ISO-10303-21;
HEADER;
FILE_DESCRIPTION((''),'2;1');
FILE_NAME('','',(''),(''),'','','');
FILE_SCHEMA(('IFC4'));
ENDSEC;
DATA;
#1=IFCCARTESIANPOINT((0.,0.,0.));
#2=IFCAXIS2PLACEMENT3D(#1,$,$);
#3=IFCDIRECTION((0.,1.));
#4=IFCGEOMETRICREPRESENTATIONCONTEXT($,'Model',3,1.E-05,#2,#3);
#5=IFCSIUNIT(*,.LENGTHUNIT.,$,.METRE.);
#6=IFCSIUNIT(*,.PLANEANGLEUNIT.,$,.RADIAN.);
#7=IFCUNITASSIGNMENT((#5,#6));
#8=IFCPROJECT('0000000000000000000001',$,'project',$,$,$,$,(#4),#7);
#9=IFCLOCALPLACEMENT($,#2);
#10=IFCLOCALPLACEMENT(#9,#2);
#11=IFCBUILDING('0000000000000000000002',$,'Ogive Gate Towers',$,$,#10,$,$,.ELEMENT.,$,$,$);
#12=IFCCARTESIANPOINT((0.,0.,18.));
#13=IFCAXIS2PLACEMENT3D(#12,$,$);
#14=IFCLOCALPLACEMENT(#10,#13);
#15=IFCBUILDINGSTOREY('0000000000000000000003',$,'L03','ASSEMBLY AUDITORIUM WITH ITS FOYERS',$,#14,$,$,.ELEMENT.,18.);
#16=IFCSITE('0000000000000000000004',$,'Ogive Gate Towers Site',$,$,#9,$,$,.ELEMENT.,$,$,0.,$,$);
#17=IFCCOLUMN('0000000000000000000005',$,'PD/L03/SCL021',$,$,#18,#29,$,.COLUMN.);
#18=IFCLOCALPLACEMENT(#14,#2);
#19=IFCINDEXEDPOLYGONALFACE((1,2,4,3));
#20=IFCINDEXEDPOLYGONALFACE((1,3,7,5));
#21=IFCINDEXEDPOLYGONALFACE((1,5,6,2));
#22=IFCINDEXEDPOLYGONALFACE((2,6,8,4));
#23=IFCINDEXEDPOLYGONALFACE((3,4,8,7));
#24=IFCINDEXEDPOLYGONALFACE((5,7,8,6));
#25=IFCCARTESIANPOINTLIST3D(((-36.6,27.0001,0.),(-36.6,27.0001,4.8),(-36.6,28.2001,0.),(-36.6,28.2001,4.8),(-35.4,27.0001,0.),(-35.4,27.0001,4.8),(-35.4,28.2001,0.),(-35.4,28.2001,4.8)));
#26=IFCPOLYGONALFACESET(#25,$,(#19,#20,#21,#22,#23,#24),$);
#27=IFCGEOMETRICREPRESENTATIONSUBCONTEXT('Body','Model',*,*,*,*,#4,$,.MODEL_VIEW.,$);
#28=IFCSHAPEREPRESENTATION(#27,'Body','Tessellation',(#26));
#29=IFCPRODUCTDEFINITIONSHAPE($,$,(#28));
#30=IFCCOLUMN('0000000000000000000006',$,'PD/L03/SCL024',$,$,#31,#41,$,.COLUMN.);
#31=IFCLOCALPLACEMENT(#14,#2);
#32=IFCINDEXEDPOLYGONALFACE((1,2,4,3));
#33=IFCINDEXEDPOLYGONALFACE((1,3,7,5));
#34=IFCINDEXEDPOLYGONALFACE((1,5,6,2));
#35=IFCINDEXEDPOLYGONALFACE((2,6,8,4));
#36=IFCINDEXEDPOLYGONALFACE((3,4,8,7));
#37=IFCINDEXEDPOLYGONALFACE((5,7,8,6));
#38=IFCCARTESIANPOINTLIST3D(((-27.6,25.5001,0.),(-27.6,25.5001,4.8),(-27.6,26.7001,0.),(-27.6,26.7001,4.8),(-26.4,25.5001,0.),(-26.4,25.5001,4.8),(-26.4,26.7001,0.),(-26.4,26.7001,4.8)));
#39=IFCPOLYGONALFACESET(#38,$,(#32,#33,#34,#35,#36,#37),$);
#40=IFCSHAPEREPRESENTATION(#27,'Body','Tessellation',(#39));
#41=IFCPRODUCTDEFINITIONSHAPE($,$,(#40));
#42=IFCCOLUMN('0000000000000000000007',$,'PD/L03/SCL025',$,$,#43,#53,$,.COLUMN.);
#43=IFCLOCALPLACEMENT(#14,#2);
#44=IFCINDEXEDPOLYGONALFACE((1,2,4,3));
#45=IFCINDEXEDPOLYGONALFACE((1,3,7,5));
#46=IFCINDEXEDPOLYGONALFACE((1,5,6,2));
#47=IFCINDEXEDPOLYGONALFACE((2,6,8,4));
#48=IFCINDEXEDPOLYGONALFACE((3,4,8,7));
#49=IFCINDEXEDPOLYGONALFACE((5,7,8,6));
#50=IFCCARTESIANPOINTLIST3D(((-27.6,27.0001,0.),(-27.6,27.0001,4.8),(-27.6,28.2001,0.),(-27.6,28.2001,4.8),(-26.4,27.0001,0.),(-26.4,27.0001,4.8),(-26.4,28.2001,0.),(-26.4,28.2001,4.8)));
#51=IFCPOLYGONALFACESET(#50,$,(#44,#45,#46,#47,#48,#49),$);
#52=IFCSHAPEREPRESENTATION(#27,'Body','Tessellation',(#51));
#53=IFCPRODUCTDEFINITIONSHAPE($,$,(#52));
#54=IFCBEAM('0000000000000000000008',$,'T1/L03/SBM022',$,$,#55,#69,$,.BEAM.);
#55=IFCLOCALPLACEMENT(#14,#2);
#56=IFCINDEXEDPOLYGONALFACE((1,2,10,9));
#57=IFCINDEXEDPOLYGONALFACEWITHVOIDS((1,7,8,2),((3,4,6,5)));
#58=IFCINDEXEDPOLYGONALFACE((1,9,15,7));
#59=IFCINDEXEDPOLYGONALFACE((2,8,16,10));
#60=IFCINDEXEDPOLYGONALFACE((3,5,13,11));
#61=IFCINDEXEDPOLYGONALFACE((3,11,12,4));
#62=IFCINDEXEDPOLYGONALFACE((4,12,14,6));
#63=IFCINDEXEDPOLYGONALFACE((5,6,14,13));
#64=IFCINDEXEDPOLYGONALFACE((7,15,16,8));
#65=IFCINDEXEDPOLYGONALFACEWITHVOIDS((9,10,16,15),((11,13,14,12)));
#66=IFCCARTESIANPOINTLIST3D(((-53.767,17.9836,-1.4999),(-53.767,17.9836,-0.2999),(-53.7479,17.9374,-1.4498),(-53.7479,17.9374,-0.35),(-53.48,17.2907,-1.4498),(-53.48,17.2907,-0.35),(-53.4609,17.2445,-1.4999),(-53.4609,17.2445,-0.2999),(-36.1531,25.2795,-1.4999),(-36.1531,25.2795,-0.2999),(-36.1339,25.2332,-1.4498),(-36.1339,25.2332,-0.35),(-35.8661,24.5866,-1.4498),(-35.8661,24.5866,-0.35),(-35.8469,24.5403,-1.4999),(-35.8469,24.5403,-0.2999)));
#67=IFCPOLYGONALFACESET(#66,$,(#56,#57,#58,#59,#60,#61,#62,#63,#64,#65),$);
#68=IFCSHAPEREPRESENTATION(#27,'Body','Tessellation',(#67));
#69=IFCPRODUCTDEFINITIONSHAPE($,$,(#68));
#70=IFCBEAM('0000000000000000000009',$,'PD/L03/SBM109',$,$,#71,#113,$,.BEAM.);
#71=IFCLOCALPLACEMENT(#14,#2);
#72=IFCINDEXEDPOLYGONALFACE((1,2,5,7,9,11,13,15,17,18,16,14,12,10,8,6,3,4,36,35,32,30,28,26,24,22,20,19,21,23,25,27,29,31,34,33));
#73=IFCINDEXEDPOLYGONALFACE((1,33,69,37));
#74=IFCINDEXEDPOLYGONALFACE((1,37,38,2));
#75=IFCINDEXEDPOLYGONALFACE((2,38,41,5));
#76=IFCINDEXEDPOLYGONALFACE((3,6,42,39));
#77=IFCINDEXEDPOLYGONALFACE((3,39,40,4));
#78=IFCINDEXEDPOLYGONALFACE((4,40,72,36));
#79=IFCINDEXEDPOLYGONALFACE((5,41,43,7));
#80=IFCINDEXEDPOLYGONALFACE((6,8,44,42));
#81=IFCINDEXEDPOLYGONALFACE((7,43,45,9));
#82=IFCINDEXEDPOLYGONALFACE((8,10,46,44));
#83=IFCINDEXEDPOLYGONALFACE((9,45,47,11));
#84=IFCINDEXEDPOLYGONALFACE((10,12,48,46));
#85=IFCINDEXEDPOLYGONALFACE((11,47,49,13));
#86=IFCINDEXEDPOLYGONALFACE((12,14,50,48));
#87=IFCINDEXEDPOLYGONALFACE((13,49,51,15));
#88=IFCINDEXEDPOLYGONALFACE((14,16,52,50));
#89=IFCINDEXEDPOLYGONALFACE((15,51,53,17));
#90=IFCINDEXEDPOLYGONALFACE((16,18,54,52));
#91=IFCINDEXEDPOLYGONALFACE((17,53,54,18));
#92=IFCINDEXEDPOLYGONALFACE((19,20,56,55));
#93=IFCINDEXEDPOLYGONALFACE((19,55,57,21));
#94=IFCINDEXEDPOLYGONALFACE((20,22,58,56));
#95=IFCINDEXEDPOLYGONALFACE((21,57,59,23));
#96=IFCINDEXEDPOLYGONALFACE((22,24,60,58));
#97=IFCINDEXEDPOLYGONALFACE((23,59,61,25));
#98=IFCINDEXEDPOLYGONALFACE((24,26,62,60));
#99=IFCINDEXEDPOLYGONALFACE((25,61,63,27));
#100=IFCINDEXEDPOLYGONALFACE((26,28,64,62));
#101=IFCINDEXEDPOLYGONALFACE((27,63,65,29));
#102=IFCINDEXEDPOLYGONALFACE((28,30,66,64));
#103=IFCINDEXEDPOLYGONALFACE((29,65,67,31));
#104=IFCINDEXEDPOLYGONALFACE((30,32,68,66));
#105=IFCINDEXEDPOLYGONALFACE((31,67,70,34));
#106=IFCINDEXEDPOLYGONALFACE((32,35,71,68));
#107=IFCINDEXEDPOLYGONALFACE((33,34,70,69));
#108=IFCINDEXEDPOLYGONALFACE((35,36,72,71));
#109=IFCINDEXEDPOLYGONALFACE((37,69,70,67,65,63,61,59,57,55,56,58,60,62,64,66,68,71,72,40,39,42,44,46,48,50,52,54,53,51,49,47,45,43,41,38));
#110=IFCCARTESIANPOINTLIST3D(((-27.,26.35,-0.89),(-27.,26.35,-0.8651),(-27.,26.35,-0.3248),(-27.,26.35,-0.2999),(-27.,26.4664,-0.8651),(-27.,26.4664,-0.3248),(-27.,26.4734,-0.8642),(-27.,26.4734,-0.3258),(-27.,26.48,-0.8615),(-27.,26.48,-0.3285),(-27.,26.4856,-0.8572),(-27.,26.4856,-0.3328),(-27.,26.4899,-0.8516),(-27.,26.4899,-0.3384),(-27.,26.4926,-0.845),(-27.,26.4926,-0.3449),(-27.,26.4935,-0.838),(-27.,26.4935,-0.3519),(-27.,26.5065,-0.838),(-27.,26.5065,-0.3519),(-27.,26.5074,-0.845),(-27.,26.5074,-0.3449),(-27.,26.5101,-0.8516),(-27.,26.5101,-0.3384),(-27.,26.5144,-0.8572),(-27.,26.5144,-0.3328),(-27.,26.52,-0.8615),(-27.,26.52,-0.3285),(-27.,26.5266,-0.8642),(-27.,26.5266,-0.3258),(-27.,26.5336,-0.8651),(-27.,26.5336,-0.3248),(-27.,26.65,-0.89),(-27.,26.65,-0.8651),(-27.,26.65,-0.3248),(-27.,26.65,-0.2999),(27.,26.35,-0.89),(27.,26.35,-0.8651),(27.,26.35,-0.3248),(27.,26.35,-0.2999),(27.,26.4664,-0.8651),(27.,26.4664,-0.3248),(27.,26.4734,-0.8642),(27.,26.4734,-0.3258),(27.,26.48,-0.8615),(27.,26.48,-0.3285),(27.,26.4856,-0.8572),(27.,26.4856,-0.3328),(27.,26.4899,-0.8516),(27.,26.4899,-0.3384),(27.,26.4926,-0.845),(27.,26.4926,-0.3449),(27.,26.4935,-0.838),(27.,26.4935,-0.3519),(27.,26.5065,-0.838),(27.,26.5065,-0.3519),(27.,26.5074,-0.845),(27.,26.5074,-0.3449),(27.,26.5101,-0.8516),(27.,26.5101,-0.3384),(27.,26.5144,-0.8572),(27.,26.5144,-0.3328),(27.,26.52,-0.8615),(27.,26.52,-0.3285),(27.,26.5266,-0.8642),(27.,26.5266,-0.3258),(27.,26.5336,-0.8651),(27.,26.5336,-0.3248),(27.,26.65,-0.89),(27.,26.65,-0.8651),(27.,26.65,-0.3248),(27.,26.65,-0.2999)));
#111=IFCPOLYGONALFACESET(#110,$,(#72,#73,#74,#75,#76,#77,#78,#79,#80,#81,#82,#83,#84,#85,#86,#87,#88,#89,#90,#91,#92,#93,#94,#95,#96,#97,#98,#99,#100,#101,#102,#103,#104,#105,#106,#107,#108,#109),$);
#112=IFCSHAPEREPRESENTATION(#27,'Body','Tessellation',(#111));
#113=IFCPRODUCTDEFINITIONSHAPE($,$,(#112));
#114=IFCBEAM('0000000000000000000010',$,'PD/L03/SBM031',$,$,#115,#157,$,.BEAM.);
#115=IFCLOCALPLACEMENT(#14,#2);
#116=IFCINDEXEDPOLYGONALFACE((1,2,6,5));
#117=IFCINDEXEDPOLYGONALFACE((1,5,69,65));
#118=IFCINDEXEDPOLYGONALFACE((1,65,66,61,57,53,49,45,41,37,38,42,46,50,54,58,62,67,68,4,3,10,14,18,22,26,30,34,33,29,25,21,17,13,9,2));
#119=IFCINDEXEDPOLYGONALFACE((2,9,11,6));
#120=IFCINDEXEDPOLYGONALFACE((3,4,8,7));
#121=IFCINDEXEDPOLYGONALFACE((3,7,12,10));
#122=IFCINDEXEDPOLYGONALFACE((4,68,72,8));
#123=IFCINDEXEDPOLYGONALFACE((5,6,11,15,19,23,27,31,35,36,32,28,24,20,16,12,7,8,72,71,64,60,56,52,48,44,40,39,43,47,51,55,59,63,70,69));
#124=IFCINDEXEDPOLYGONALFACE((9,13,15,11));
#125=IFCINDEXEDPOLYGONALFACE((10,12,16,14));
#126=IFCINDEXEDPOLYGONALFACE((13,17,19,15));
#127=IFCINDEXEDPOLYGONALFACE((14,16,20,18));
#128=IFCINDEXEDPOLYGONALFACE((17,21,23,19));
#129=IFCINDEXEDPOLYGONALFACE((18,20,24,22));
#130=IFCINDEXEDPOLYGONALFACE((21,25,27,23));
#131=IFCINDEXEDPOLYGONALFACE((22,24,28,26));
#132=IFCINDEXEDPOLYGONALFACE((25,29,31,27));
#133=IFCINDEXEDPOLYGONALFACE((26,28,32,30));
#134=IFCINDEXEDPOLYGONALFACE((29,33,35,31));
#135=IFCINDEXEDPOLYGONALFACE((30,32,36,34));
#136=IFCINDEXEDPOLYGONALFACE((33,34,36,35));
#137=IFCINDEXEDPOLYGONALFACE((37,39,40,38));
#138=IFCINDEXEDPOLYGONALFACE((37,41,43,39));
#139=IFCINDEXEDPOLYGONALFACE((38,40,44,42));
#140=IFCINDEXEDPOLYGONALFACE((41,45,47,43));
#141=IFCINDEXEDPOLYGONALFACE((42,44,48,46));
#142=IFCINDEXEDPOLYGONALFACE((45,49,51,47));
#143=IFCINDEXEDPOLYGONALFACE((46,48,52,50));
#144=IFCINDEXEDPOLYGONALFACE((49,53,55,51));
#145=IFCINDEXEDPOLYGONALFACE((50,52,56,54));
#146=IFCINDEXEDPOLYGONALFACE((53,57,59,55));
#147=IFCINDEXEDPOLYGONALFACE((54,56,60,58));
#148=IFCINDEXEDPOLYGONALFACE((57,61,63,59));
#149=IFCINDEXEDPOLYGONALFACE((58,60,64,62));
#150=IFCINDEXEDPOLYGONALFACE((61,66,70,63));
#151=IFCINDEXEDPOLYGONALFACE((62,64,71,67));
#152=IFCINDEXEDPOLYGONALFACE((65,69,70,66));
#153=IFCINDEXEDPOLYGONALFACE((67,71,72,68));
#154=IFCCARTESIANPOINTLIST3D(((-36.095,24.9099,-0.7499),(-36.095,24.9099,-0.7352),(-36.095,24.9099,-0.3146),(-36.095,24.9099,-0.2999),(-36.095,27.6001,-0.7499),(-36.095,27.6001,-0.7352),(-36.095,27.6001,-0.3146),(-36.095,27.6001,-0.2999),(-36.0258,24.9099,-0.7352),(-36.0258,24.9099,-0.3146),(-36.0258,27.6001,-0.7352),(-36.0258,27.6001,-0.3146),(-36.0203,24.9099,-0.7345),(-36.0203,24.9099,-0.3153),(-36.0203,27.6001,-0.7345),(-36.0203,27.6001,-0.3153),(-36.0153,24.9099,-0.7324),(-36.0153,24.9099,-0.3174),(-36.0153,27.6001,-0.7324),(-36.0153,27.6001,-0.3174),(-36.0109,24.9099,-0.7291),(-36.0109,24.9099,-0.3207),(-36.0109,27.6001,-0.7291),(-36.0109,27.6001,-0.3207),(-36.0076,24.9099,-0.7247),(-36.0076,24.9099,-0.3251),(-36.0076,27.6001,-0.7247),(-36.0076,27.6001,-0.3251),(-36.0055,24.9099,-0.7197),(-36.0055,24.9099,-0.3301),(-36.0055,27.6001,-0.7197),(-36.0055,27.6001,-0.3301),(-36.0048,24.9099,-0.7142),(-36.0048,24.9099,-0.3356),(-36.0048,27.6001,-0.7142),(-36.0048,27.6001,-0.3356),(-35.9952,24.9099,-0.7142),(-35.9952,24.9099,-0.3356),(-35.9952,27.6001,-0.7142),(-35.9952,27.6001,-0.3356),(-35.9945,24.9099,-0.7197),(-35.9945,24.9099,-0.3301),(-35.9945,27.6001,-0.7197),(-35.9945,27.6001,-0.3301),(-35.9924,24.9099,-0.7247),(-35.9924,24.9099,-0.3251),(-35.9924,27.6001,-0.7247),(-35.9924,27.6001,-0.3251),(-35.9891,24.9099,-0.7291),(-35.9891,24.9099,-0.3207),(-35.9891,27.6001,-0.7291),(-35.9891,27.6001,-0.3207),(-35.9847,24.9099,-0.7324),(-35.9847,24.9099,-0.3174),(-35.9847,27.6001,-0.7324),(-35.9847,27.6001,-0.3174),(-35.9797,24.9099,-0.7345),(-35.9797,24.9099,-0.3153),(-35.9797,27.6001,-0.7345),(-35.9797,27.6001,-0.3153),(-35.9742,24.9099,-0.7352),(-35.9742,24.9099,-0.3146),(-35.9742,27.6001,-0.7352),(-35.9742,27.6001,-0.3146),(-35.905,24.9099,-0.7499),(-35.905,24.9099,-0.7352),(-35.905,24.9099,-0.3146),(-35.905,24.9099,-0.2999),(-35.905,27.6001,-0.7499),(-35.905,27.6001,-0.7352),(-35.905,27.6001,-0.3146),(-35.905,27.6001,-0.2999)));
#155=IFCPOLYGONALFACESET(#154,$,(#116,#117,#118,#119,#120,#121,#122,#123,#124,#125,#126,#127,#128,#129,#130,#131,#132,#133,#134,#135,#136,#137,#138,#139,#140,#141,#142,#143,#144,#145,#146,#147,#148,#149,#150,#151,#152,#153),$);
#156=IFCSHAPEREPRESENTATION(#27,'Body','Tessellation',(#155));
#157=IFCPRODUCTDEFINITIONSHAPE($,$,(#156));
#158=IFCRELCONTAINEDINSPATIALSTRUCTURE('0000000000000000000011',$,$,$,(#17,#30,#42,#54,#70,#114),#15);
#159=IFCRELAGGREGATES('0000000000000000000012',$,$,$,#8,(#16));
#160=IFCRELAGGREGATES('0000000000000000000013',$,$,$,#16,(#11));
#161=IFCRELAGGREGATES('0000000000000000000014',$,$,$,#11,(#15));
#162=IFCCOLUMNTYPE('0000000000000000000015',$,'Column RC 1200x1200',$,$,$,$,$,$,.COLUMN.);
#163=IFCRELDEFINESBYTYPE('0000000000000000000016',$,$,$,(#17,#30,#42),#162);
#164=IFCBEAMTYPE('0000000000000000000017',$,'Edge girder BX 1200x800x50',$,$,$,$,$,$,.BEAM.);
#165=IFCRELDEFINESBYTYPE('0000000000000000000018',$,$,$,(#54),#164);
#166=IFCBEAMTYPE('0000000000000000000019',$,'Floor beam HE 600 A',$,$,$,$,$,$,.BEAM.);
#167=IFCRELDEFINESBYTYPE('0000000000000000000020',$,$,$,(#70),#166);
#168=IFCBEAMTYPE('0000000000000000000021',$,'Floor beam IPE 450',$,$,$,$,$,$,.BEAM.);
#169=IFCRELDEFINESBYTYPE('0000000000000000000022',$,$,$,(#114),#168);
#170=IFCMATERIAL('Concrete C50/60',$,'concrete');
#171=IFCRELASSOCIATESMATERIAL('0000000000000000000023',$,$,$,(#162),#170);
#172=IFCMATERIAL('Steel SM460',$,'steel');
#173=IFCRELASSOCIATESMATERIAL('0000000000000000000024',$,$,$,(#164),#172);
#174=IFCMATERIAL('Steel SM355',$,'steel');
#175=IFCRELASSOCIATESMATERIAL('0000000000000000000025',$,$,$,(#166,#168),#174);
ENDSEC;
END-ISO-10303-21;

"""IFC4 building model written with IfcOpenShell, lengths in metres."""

from ifc_helpers import new_model, si_unit, direction, frame, origin, origin_2d, place, context, subcontext, project, spatial, rectangle, hollow_rectangle, i_section, extrude, material, material_profile, profile_set, type_object, element, save


model = new_model("IFC4")

# Units and contexts
model_context = context("Model", 3, precision=1e-05, world=origin(), true_north=direction((0.0, 1.0)))
body_context = subcontext(model_context, "Body", "Model", "MODEL_VIEW")
ifc_project = project(units=[si_unit("LENGTHUNIT", "METRE"), si_unit("PLANEANGLEUNIT", "RADIAN")], contexts=[model_context])

# Site, building, storey
site_placement = place(None, origin())
site = spatial("IfcSite", under=ifc_project, at=site_placement, Name="Ogive Gate Towers Site", CompositionType="ELEMENT", RefElevation=0.0)
building_placement = place(site_placement, origin())
building = spatial("IfcBuilding", under=site, at=building_placement, Name="Ogive Gate Towers", CompositionType="ELEMENT")
storey_placement = place(building_placement, frame((0.0, 0.0, 18.0)))
storey = spatial("IfcBuildingStorey", under=building, at=storey_placement, Name="L03", Description="ASSEMBLY AUDITORIUM WITH ITS FOYERS", CompositionType="ELEMENT", Elevation=18.0)

# Columns
ifc_material_1 = material(Name="Concrete C50/60", Category="concrete")
ifc_material_profile_1 = material_profile(ifc_material_1, rectangle(XDim=1.2, YDim=1.2, at=origin_2d()), Name="RC 1200x1200")
ifc_profile_set_1 = profile_set([ifc_material_profile_1], Name="Concrete C50/60")
column_type = type_object("IfcColumnType", Name="Column RC 1200x1200", PredefinedType="COLUMN", material=ifc_profile_set_1)
for number, where, z_axis, x_axis, name in (
    (1, (-36.0, 27.6001, 0.0), (0.0, 0.0, 1.0), (1.0, 0.0, 0.0), "PD/L03/SCL021"),
    (2, (-27.0, 26.1001, 0.0), (0.0, 0.0, 1.0), (1.0, 0.0, 0.0), "PD/L03/SCL024"),
    (3, (-27.0, 27.6001, 0.0), (0.0, 0.0, 1.0), (1.0, 0.0, 0.0), "PD/L03/SCL025"),
):
    element("IfcColumn", number, at=place(storey_placement, frame(where, z_axis=z_axis, x_axis=x_axis)), inside=storey, type_object=column_type, Name=name, PredefinedType="COLUMN", context=body_context, shape_type="SweptSolid", body=[
        extrude(rectangle(XDim=1.2, YDim=1.2, at=origin_2d()), origin(), (0.0, 0.0, 1.0), 4.8),
    ])

# Beams
ifc_material_2 = material(Name="Steel SM460", Category="steel")
ifc_material_profile_2 = material_profile(ifc_material_2, hollow_rectangle(XDim=0.8, YDim=1.2, WallThickness=0.05, at=origin_2d()), Name="BX 1200x800x50")
ifc_profile_set_2 = profile_set([ifc_material_profile_2], Name="Steel SM460")
beam_type_1 = type_object("IfcBeamType", Name="Edge girder BX 1200x800x50", PredefinedType="BEAM", material=ifc_profile_set_2)
beam_1_placement = place(storey_placement, frame((-36.0, 24.9099, -0.8999), z_axis=(-0.923881, -0.382681, 0.0), x_axis=(0.382681, -0.923881, 0.0)))
element("IfcBeam", 4, at=beam_1_placement, inside=storey, type_object=beam_type_1, Name="T1/L03/SBM022", PredefinedType="BEAM", context=body_context, shape_type="SweptSolid", body=[
    extrude(hollow_rectangle(XDim=0.8, YDim=1.2, WallThickness=0.05, at=origin_2d()), origin(), (0.0, 0.0, 1.0), 19.0652),
])
ifc_material_3 = material(Name="Steel SM355", Category="steel")
ifc_material_profile_3 = material_profile(ifc_material_3, i_section(OverallWidth=0.3, OverallDepth=0.5901, WebThickness=0.0129, FlangeThickness=0.0249, FilletRadius=0.0271, at=origin_2d()), Name="HE 600 A")
ifc_profile_set_3 = profile_set([ifc_material_profile_3], Name="Steel SM355")
beam_type_2 = type_object("IfcBeamType", Name="Floor beam HE 600 A", PredefinedType="BEAM", material=ifc_profile_set_3)
beam_2_placement = place(storey_placement, frame((-27.0, 26.5, -0.595), z_axis=(1.0, 0.0, 0.0), x_axis=(0.0, 1.0, 0.0)))
element("IfcBeam", 5, at=beam_2_placement, inside=storey, type_object=beam_type_2, Name="PD/L03/SBM109", PredefinedType="BEAM", context=body_context, shape_type="SweptSolid", body=[
    extrude(i_section(OverallWidth=0.3, OverallDepth=0.5901, WebThickness=0.0129, FlangeThickness=0.0249, FilletRadius=0.0271, at=origin_2d()), origin(), (0.0, 0.0, 1.0), 54.0),
])
ifc_material_profile_4 = material_profile(ifc_material_3, i_section(OverallWidth=0.1899, OverallDepth=0.45, WebThickness=0.0095, FlangeThickness=0.0146, FilletRadius=0.021, at=origin_2d()), Name="IPE 450")
ifc_profile_set_4 = profile_set([ifc_material_profile_4], Name="Steel SM355")
beam_type_3 = type_object("IfcBeamType", Name="Floor beam IPE 450", PredefinedType="BEAM", material=ifc_profile_set_4)
beam_3_placement = place(storey_placement, frame((-36.0, 24.9099, -0.5249), z_axis=(0.0, 1.0, 0.0), x_axis=(-1.0, 0.0, 0.0)))
element("IfcBeam", 6, at=beam_3_placement, inside=storey, type_object=beam_type_3, Name="PD/L03/SBM031", PredefinedType="BEAM", context=body_context, shape_type="SweptSolid", body=[
    extrude(i_section(OverallWidth=0.1899, OverallDepth=0.45, WebThickness=0.0095, FlangeThickness=0.0146, FilletRadius=0.021, at=origin_2d()), origin(), (0.0, 0.0, 1.0), 2.6902),
])

save(model, "model.ifc")
